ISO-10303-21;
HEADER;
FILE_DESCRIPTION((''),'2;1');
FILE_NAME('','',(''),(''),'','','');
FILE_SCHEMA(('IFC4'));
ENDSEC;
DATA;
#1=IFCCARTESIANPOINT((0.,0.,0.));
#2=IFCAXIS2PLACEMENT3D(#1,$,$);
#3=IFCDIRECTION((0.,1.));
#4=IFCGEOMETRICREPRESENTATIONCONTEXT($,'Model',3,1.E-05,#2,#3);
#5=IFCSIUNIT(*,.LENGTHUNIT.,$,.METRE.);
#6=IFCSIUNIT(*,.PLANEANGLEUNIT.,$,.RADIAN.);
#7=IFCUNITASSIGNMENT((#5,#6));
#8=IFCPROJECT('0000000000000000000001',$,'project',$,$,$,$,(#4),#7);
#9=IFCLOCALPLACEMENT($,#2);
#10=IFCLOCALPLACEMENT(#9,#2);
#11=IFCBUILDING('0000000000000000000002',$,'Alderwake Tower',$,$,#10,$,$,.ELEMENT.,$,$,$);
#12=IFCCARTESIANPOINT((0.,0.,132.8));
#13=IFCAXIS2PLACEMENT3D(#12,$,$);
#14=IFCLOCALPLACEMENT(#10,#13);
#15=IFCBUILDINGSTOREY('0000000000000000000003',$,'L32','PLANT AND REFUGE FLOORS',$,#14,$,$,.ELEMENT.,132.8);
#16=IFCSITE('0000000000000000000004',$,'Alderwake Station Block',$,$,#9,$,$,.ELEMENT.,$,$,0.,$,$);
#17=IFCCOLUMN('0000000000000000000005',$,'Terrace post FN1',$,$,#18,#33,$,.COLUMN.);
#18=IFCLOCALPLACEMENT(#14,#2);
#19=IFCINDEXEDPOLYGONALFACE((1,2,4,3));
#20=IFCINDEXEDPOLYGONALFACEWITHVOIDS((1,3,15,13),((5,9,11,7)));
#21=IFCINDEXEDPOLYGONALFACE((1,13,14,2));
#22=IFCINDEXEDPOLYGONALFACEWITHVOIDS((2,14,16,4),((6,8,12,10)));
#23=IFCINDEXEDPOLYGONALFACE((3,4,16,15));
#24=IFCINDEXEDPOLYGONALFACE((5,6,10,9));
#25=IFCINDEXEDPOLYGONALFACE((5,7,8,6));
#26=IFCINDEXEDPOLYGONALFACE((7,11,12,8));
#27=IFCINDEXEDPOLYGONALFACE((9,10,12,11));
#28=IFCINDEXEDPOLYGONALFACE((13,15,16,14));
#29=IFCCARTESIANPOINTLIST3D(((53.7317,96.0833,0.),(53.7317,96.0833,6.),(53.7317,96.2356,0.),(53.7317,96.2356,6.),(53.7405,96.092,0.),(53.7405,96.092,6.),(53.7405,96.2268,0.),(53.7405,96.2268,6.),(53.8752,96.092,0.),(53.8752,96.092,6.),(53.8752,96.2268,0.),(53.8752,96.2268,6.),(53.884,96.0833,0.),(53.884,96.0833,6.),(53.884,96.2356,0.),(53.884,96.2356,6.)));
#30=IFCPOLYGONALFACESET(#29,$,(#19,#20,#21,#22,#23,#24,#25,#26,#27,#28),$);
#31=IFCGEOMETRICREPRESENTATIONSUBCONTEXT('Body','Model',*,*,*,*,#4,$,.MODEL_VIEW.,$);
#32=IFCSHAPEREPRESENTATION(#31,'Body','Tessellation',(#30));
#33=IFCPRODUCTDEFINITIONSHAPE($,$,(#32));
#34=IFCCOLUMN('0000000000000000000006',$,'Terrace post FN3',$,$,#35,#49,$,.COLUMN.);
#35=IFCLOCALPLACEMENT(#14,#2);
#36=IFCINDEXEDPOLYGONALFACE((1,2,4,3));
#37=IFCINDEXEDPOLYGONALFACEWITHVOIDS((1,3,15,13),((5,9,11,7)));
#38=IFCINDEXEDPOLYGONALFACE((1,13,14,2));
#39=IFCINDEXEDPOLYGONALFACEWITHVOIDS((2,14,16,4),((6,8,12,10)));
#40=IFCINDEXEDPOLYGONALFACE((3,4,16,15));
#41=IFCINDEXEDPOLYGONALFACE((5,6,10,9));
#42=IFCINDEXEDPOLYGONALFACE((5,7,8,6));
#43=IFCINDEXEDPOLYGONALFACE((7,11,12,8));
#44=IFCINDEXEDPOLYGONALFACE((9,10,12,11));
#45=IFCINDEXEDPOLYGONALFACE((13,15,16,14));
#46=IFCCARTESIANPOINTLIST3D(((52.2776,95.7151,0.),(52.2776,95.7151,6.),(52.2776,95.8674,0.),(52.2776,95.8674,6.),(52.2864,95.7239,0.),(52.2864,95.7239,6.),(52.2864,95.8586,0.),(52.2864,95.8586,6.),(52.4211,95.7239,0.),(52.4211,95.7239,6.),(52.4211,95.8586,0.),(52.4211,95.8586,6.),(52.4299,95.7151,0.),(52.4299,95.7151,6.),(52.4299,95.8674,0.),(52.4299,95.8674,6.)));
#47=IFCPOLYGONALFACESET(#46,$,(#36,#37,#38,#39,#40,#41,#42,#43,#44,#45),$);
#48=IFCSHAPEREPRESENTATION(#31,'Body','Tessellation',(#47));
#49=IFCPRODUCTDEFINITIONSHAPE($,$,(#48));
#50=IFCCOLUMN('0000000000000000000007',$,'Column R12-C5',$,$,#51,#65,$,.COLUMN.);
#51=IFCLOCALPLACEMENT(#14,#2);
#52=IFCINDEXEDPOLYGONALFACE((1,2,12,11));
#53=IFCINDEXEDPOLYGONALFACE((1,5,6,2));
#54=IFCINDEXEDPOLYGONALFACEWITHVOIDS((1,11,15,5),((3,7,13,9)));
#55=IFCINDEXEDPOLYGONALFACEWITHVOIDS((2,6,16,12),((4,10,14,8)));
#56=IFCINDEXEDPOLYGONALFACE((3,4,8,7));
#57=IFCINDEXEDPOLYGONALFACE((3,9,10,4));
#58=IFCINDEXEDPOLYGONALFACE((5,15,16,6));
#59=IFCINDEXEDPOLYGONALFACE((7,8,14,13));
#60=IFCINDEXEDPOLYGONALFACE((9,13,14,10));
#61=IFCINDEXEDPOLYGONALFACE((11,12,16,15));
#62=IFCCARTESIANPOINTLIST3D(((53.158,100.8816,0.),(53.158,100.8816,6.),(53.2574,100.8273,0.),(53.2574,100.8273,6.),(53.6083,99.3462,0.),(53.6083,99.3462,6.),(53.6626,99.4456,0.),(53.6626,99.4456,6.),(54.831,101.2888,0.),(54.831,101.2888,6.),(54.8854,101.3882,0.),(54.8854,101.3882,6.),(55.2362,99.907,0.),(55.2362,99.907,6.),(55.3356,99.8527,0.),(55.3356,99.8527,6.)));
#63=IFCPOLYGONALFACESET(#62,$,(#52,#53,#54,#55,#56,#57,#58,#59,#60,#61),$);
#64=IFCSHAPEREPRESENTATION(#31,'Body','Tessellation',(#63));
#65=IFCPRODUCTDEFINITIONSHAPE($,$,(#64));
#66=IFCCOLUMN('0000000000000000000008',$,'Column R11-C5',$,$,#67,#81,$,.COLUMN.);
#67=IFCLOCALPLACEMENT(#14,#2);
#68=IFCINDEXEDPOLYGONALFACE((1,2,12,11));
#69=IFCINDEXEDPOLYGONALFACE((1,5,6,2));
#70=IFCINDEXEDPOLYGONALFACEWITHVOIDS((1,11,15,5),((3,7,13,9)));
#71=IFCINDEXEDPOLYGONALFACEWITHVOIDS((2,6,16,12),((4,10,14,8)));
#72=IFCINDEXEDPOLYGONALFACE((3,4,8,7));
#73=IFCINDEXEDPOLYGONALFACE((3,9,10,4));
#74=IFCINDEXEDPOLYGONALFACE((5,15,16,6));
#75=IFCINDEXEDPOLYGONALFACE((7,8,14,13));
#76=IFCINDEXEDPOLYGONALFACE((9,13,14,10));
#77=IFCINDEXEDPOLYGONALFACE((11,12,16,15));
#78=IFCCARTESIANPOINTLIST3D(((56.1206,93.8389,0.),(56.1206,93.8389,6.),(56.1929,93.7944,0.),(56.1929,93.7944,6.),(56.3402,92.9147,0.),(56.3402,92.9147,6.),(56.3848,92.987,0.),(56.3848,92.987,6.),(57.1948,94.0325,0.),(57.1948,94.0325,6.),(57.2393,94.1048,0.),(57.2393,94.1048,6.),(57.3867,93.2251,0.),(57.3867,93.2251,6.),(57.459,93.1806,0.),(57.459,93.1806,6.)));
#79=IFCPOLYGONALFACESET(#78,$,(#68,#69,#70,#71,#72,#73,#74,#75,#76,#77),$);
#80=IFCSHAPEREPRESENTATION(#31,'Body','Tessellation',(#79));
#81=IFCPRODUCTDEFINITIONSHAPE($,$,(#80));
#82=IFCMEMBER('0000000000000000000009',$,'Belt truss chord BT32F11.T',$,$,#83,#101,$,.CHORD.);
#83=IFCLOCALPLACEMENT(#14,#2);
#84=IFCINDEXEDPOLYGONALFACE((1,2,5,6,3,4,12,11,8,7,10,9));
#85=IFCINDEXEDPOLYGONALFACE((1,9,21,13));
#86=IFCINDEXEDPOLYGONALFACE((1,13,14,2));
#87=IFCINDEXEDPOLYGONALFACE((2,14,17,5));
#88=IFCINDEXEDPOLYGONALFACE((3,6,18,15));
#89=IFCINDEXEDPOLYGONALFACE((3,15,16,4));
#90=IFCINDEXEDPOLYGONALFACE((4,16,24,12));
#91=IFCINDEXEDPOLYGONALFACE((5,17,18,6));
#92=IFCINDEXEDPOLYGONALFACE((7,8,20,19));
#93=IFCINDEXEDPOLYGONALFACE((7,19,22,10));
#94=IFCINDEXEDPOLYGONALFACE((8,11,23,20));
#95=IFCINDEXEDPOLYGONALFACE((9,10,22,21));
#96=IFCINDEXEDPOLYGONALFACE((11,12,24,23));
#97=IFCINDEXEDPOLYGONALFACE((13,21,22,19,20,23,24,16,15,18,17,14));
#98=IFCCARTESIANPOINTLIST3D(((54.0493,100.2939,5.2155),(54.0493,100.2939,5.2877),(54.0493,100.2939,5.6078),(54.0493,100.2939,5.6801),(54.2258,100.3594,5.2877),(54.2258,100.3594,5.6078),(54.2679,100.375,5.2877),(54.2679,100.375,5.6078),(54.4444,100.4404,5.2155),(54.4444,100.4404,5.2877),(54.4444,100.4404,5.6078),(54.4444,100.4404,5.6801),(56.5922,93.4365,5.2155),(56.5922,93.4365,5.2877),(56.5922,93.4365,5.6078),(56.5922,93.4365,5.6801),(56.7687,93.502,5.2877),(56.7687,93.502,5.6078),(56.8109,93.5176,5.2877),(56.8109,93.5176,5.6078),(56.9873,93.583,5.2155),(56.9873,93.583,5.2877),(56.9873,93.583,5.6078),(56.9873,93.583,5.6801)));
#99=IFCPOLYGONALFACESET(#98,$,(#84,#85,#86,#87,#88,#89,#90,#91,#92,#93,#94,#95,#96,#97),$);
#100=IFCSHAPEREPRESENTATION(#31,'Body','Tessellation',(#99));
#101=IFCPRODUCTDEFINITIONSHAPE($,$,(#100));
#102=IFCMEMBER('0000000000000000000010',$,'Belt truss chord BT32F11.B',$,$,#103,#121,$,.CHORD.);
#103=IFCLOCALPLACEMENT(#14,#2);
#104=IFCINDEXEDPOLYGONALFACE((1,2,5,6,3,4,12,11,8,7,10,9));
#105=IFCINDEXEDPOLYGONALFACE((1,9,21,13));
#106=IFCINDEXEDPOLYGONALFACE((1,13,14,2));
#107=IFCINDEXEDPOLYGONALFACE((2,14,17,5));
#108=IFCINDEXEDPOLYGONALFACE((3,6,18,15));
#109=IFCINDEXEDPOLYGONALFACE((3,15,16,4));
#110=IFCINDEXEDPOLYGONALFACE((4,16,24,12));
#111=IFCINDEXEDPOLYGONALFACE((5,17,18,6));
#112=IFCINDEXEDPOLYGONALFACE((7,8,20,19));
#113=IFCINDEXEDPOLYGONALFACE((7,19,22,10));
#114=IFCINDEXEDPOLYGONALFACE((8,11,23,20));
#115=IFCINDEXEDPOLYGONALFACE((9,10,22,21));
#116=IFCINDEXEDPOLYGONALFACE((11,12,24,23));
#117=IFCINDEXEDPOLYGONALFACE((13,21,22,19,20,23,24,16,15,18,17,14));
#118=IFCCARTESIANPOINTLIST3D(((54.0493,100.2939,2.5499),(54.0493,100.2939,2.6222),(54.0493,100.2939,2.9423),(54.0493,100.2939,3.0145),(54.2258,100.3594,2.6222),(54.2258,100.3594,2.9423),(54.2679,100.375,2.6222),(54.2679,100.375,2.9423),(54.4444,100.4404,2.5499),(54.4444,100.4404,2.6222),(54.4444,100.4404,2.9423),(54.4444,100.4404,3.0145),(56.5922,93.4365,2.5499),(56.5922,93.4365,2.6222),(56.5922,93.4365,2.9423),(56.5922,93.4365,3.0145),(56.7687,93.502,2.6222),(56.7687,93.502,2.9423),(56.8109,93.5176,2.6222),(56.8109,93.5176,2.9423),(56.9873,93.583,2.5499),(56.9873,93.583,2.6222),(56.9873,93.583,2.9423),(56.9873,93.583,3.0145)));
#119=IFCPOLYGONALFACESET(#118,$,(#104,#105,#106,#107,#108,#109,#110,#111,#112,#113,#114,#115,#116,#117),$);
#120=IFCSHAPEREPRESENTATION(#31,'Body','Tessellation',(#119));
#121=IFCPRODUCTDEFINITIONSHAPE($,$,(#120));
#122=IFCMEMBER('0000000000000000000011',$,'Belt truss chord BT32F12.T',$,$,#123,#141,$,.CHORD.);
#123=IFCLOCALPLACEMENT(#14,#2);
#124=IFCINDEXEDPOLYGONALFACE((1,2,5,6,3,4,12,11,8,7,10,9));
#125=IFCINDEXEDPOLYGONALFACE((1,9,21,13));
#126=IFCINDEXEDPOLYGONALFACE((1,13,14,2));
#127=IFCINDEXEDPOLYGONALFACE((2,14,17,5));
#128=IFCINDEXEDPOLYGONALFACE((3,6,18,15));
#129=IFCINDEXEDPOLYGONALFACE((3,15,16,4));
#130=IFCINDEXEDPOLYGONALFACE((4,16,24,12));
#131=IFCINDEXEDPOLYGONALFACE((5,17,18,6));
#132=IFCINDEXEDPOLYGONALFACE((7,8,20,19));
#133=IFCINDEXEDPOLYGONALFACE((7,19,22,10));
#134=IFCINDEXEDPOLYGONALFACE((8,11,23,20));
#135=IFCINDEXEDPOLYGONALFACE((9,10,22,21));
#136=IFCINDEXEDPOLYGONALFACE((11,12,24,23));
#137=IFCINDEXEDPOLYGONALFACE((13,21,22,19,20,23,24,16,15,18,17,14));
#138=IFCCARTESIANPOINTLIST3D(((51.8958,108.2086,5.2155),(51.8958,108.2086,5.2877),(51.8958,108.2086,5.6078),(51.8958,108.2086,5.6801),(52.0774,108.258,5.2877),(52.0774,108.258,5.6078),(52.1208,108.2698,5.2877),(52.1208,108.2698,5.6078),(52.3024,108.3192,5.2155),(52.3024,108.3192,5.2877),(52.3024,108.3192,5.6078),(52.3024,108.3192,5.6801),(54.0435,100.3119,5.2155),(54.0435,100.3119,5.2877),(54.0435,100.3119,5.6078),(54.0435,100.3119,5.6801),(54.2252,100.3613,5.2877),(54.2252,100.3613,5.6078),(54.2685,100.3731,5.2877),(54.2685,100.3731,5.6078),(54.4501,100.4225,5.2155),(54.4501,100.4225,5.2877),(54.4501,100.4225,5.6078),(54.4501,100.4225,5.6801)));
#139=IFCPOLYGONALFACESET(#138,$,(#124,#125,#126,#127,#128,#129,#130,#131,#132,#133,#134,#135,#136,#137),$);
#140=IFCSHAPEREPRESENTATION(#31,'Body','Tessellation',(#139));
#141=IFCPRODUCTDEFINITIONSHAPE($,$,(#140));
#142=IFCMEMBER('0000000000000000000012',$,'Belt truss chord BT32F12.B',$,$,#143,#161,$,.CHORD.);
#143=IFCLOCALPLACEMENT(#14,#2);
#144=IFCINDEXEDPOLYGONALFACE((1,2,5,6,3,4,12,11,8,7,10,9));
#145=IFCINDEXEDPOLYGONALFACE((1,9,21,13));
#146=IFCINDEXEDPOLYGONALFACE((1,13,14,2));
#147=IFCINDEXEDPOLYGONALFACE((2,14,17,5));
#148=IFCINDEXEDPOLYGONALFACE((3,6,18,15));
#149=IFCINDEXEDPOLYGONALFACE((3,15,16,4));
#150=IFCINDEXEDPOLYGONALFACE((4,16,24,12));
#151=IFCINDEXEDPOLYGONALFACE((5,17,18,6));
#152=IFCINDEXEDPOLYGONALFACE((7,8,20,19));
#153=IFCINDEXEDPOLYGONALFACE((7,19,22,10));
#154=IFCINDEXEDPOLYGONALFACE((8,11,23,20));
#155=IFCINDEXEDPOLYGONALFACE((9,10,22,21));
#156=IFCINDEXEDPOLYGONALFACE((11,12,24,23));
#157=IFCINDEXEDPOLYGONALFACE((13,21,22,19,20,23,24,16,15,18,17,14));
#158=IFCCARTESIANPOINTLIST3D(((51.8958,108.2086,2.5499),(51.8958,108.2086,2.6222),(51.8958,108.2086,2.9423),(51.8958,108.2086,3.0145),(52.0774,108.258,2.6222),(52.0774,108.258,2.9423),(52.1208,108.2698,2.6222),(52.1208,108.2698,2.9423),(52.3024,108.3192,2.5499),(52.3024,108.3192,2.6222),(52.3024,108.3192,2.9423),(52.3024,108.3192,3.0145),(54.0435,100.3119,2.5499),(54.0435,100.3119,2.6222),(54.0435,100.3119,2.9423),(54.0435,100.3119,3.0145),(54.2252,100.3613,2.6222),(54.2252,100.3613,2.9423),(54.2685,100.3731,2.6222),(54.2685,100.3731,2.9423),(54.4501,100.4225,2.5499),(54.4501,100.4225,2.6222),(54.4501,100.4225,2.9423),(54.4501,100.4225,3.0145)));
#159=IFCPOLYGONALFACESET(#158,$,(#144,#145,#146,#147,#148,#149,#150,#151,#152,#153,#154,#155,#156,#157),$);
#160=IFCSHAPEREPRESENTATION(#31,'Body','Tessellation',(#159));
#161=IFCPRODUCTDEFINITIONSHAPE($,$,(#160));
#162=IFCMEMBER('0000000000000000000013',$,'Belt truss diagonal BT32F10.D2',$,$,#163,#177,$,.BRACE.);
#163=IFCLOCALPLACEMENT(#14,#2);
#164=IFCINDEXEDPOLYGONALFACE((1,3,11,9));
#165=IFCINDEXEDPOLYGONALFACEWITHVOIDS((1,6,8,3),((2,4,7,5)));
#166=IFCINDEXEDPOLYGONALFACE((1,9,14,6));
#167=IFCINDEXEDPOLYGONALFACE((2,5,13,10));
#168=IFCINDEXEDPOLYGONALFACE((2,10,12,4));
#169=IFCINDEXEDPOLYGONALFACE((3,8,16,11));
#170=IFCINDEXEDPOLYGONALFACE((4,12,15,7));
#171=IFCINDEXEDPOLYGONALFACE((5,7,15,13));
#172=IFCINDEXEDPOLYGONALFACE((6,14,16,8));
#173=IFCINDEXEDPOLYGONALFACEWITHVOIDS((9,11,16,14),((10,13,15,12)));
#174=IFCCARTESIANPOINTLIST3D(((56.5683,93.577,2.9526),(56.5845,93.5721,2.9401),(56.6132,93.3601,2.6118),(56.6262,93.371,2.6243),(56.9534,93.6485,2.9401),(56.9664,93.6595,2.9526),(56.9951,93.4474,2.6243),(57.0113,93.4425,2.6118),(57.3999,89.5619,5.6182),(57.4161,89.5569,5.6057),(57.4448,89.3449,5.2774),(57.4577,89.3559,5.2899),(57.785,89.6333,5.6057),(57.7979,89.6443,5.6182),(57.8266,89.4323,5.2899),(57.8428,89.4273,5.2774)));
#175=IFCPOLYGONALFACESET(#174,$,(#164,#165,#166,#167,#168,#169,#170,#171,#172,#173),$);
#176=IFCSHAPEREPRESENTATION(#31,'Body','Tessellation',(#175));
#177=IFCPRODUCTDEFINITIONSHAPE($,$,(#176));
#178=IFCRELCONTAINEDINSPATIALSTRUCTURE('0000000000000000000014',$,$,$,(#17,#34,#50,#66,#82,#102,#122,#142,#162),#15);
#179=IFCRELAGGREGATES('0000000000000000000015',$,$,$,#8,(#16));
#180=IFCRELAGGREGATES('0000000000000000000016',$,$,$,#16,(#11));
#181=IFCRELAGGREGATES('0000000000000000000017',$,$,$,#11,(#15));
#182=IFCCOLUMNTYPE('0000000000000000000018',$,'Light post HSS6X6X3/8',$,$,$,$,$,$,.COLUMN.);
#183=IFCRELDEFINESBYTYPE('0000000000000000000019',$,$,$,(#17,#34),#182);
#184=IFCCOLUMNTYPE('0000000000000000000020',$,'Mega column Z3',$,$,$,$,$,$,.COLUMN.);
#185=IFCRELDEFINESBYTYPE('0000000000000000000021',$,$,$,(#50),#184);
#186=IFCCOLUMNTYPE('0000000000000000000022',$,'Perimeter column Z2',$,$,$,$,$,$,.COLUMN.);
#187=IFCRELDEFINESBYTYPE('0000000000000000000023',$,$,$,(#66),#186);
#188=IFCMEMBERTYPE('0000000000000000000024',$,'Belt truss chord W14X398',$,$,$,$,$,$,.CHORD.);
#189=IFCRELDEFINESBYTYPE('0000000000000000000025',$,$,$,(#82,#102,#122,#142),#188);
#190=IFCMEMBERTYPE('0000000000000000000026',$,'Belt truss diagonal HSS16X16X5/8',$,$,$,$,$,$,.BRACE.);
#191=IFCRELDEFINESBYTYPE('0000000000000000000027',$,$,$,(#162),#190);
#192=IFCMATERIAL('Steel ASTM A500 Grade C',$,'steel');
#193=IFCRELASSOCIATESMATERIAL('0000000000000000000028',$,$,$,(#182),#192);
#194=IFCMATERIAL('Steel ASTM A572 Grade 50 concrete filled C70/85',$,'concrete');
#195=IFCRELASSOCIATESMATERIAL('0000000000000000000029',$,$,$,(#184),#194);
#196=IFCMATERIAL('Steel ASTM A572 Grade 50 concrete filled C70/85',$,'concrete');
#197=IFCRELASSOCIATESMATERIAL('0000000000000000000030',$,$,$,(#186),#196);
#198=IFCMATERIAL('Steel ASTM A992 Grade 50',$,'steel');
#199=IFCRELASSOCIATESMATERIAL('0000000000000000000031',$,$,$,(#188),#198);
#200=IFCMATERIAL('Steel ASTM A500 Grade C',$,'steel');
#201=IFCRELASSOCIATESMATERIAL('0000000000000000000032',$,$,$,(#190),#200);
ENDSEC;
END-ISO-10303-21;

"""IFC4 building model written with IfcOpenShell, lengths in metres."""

from ifc_helpers import new_model, si_unit, direction, frame, origin, origin_2d, place, context, subcontext, project, spatial, hollow_rectangle, i_section, extrude, material, material_profile, profile_set, type_object, element, save


model = new_model("IFC4")

# Units and contexts
model_context = context("Model", 3, precision=1e-05, world=origin(), true_north=direction((0.0, 1.0)))
body_context = subcontext(model_context, "Body", "Model", "MODEL_VIEW")
ifc_project = project(units=[si_unit("LENGTHUNIT", "METRE"), si_unit("PLANEANGLEUNIT", "RADIAN")], contexts=[model_context])

# Site, building, storey
site_placement = place(None, origin())
site = spatial("IfcSite", under=ifc_project, at=site_placement, Name="Alderwake Station Block", CompositionType="ELEMENT", RefElevation=0.0)
building_placement = place(site_placement, origin())
building = spatial("IfcBuilding", under=site, at=building_placement, Name="Alderwake Tower", CompositionType="ELEMENT")
storey_placement = place(building_placement, frame((0.0, 0.0, 132.8)))
storey = spatial("IfcBuildingStorey", under=building, at=storey_placement, Name="L32", Description="PLANT AND REFUGE FLOORS", CompositionType="ELEMENT", Elevation=132.8)

# Columns
ifc_material_1 = material(Name="Steel ASTM A500 Grade C", Category="steel")
ifc_material_profile_1 = material_profile(ifc_material_1, hollow_rectangle(XDim=0.1523, YDim=0.1523, WallThickness=0.0088, at=origin_2d()), Name="HSS6X6X3/8")
ifc_profile_set_1 = profile_set([ifc_material_profile_1], Name="Steel ASTM A500 Grade C")
column_type_1 = type_object("IfcColumnType", Name="Light post HSS6X6X3/8", PredefinedType="COLUMN", material=ifc_profile_set_1)
for number, where, z_axis, x_axis, name in (
    (1, (53.8079, 96.1594, 0.0), (0.0, 0.0, 1.0), (1.0, 0.0, 0.0), "Terrace post FN1"),
    (2, (52.3538, 95.7913, 0.0), (0.0, 0.0, 1.0), (1.0, 0.0, 0.0), "Terrace post FN3"),
):
    element("IfcColumn", number, at=place(storey_placement, frame(where, z_axis=z_axis, x_axis=x_axis)), inside=storey, type_object=column_type_1, Name=name, PredefinedType="COLUMN", context=body_context, shape_type="SweptSolid", body=[
        extrude(hollow_rectangle(XDim=0.1523, YDim=0.1523, WallThickness=0.0088, at=origin_2d()), origin(), (0.0, 0.0, 1.0), 6.0),
    ])
ifc_material_2 = material(Name="Steel ASTM A572 Grade 50 concrete filled C70/85", Category="concrete")
ifc_material_profile_2 = material_profile(ifc_material_2, hollow_rectangle(XDim=1.6001, YDim=1.8, WallThickness=0.0801, at=origin_2d()), Name="BOX 1800X1600X80")
ifc_profile_set_2 = profile_set([ifc_material_profile_2], Name="Steel ASTM A572 Grade 50 concrete filled C70/85")
column_type_2 = type_object("IfcColumnType", Name="Mega column Z3", PredefinedType="COLUMN", material=ifc_profile_set_2)
column_1_placement = place(storey_placement, frame((54.2468, 100.3672, 0.0), z_axis=(0.0, 0.0, 1.0), x_axis=(-0.281395, 0.959592, 0.0)))
element("IfcColumn", 3, at=column_1_placement, inside=storey, type_object=column_type_2, Name="Column R12-C5", PredefinedType="COLUMN", context=body_context, shape_type="SweptSolid", body=[
    extrude(hollow_rectangle(XDim=1.6001, YDim=1.8, WallThickness=0.0801, at=origin_2d()), origin(), (0.0, 0.0, 1.0), 6.0),
])
ifc_material_3 = material(Name="Steel ASTM A572 Grade 50 concrete filled C70/85", Category="concrete")
ifc_material_profile_3 = material_profile(ifc_material_3, hollow_rectangle(XDim=0.95, YDim=1.1499, WallThickness=0.0601, at=origin_2d()), Name="BOX 1150X950X60")
ifc_profile_set_3 = profile_set([ifc_material_profile_3], Name="Steel ASTM A572 Grade 50 concrete filled C70/85")
column_type_3 = type_object("IfcColumnType", Name="Perimeter column Z2", PredefinedType="COLUMN", material=ifc_profile_set_3)
column_2_placement = place(storey_placement, frame((56.7898, 93.5098, 0.0), z_axis=(0.0, 0.0, 1.0), x_axis=(-0.231222, 0.972901, 0.0)))
element("IfcColumn", 4, at=column_2_placement, inside=storey, type_object=column_type_3, Name="Column R11-C5", PredefinedType="COLUMN", context=body_context, shape_type="SweptSolid", body=[
    extrude(hollow_rectangle(XDim=0.95, YDim=1.1499, WallThickness=0.0601, at=origin_2d()), origin(), (0.0, 0.0, 1.0), 6.0),
])

# Members
ifc_material_4 = material(Name="Steel ASTM A992 Grade 50", Category="steel")
ifc_material_profile_4 = material_profile(ifc_material_4, i_section(OverallWidth=0.4214, OverallDepth=0.4646, WebThickness=0.0449, FlangeThickness=0.0723, at=origin_2d()), Name="W14X398")
ifc_profile_set_4 = profile_set([ifc_material_profile_4], Name="Steel ASTM A992 Grade 50")
member_type_1 = type_object("IfcMemberType", Name="Belt truss chord W14X398", PredefinedType="CHORD", material=ifc_profile_set_4)
for number, where, z_axis, x_axis, name in (
    (5, (56.7898, 93.5098, 5.4478), (-0.347697, 0.937607, 0.0), (-0.937607, -0.347697, 0.0), "Belt truss chord BT32F11.T"),
    (6, (56.7898, 93.5098, 2.7822), (-0.347697, 0.937607, 0.0), (-0.937607, -0.347697, 0.0), "Belt truss chord BT32F11.B"),
):
    element("IfcMember", number, at=place(storey_placement, frame(where, z_axis=z_axis, x_axis=x_axis)), inside=storey, type_object=member_type_1, Name=name, PredefinedType="CHORD", context=body_context, shape_type="SweptSolid", body=[
        extrude(i_section(OverallWidth=0.4214, OverallDepth=0.4646, WebThickness=0.0449, FlangeThickness=0.0723, at=origin_2d()), origin(), (0.0, 0.0, 1.0), 7.3137),
    ])
for number, where, z_axis, x_axis, name in (
    (7, (54.2468, 100.3672, 5.4478), (-0.262441, 0.964948, 0.0), (-0.964948, -0.262441, 0.0), "Belt truss chord BT32F12.T"),
    (8, (54.2468, 100.3672, 2.7822), (-0.262441, 0.964948, 0.0), (-0.964948, -0.262441, 0.0), "Belt truss chord BT32F12.B"),
):
    element("IfcMember", number, at=place(storey_placement, frame(where, z_axis=z_axis, x_axis=x_axis)), inside=storey, type_object=member_type_1, Name=name, PredefinedType="CHORD", context=body_context, shape_type="SweptSolid", body=[
        extrude(i_section(OverallWidth=0.4214, OverallDepth=0.4646, WebThickness=0.0449, FlangeThickness=0.0723, at=origin_2d()), origin(), (0.0, 0.0, 1.0), 8.1836),
    ])
ifc_material_5 = material(Name="Steel ASTM A500 Grade C", Category="steel")
ifc_material_profile_5 = material_profile(ifc_material_5, hollow_rectangle(XDim=0.4065, YDim=0.4065, WallThickness=0.0149, at=origin_2d()), Name="HSS16X16X5/8")
ifc_profile_set_5 = profile_set([ifc_material_profile_5], Name="Steel ASTM A500 Grade C")
member_type_2 = type_object("IfcMemberType", Name="Belt truss diagonal HSS16X16X5/8", PredefinedType="BRACE", material=ifc_profile_set_5)
member_1_placement = place(storey_placement, frame((56.7898, 93.5098, 2.7822), z_axis=(0.170029, -0.820993, 0.545032), x_axis=(0.97922, 0.202799, 0.0)))
element("IfcMember", 9, at=member_1_placement, inside=storey, type_object=member_type_2, Name="Belt truss diagonal BT32F10.D2", PredefinedType="BRACE", context=body_context, shape_type="SweptSolid", body=[
    extrude(hollow_rectangle(XDim=0.4065, YDim=0.4065, WallThickness=0.0149, at=origin_2d()), origin(), (0.0, 0.0, 1.0), 4.8906),
])

save(model, "model.ifc")
